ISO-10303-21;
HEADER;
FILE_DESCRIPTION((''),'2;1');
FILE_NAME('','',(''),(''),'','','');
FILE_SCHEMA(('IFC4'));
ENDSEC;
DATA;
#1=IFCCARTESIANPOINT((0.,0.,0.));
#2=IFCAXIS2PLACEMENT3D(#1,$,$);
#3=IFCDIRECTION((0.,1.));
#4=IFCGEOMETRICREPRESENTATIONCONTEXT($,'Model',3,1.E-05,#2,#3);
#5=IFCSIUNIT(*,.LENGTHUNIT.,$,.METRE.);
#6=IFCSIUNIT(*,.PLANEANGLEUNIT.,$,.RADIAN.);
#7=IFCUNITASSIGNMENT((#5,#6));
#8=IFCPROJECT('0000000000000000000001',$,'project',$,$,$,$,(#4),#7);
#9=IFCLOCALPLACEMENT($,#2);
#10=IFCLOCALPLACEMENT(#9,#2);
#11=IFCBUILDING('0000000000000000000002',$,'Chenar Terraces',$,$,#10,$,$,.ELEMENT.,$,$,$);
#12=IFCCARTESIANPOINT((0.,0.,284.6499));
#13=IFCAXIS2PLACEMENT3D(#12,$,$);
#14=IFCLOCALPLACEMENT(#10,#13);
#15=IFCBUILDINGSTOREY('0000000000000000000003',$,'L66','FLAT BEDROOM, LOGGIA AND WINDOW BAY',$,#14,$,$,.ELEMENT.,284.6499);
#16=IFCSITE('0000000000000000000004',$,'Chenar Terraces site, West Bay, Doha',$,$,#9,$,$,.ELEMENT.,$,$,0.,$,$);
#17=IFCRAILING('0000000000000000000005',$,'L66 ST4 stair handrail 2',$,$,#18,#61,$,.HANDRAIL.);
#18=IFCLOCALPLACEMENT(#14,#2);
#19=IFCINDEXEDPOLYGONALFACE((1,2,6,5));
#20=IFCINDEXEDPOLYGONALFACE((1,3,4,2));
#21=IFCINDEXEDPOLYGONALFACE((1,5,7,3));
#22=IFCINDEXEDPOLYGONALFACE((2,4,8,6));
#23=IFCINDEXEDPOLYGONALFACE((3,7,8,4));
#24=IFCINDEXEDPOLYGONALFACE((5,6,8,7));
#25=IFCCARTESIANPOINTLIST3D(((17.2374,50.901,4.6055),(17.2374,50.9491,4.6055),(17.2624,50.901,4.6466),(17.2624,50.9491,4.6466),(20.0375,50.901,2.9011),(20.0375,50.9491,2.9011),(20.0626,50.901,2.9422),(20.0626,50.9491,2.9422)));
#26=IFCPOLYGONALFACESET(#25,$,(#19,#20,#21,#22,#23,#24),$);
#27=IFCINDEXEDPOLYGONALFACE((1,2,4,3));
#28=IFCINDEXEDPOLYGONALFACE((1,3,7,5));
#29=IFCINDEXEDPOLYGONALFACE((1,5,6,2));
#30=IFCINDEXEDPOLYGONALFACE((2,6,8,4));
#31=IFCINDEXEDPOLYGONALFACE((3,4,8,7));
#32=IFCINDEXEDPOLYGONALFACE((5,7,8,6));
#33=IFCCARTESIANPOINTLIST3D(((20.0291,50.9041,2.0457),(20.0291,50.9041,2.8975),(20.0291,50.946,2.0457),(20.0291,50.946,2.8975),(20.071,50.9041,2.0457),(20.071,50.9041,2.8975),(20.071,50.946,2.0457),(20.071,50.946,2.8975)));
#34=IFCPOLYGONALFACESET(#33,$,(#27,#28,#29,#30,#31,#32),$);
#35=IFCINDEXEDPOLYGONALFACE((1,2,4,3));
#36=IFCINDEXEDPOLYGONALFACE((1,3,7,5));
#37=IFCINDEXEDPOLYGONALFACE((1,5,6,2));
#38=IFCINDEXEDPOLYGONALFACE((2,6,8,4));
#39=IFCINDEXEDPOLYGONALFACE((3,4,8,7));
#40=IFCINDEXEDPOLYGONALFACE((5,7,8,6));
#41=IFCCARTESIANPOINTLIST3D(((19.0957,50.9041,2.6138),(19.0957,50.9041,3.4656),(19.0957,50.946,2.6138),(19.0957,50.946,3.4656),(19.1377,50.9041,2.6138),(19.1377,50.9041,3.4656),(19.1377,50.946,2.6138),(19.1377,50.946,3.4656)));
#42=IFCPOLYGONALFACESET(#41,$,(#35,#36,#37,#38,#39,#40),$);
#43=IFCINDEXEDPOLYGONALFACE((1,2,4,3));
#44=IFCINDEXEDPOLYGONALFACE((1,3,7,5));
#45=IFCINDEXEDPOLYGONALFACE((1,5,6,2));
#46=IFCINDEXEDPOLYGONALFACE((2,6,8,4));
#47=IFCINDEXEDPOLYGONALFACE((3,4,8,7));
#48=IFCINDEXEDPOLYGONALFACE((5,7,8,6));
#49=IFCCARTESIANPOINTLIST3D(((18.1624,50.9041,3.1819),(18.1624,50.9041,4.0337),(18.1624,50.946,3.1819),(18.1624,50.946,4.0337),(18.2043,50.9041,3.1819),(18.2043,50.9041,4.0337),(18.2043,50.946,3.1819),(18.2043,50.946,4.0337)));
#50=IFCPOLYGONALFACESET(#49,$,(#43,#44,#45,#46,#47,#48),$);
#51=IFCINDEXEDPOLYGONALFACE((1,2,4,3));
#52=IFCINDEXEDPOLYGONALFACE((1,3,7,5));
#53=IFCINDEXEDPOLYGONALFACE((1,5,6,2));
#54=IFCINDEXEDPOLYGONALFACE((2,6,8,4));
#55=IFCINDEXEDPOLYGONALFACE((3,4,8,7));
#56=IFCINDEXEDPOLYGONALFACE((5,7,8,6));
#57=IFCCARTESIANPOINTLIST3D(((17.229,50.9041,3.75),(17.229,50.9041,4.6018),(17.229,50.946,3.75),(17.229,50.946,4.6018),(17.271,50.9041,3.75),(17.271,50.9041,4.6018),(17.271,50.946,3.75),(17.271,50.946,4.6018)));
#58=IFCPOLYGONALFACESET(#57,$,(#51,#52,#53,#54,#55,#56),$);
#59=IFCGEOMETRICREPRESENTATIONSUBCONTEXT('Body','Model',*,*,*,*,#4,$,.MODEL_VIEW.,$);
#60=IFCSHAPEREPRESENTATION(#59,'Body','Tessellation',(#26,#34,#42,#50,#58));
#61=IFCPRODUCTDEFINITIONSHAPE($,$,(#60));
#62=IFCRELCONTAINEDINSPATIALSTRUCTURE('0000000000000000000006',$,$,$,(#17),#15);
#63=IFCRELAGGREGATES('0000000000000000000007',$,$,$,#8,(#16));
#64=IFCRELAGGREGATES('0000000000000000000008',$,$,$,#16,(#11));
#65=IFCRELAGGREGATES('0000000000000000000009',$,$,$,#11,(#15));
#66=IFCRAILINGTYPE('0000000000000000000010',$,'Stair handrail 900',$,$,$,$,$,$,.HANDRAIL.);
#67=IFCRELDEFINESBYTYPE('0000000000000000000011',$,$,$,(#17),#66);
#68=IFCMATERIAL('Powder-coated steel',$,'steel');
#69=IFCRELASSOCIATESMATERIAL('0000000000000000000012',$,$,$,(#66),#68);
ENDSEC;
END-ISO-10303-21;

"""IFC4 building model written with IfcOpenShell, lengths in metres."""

from ifc_helpers import new_model, si_unit, direction, frame, origin, origin_2d, place, context, subcontext, project, spatial, rectangle, extrude, material, type_object, element, save


model = new_model("IFC4")

# Units and contexts
model_context = context("Model", 3, precision=1e-05, world=origin(), true_north=direction((0.0, 1.0)))
body_context = subcontext(model_context, "Body", "Model", "MODEL_VIEW")
ifc_project = project(units=[si_unit("LENGTHUNIT", "METRE"), si_unit("PLANEANGLEUNIT", "RADIAN")], contexts=[model_context])

# Site, building, storey
site_placement = place(None, origin())
site = spatial("IfcSite", under=ifc_project, at=site_placement, Name="Chenar Terraces site, West Bay, Doha", CompositionType="ELEMENT", RefElevation=0.0)
building_placement = place(site_placement, origin())
building = spatial("IfcBuilding", under=site, at=building_placement, Name="Chenar Terraces", CompositionType="ELEMENT")
storey_placement = place(building_placement, frame((0.0, 0.0, 284.6499)))
storey = spatial("IfcBuildingStorey", under=building, at=storey_placement, Name="L66", Description="FLAT BEDROOM, LOGGIA AND WINDOW BAY", CompositionType="ELEMENT", Elevation=284.6499)

# Railing
ifc_material_1 = material(Name="Powder-coated steel", Category="steel")
railing_type_1 = type_object("IfcRailingType", Name="Stair handrail 900", PredefinedType="HANDRAIL", material=ifc_material_1)
railing_1_placement = place(storey_placement, frame((20.05, 50.925, 2.0457)))
element("IfcRailing", 1, at=railing_1_placement, inside=storey, type_object=railing_type_1, Name="L66 ST4 stair handrail 2", PredefinedType="HANDRAIL", context=body_context, shape_type="SweptSolid", body=[
    extrude(rectangle(XDim=0.0481, YDim=0.0481, at=origin_2d()), frame((0.0, 0.0, 0.876), z_axis=(-0.854203, 0.0, 0.51994), x_axis=(0.0, -1.0, 0.0)), (0.0, 0.0, 1.0), 3.2781),
    extrude(rectangle(XDim=0.042, YDim=0.042, at=origin_2d()), origin(), (0.0, 0.0, 1.0), 0.8518),
    extrude(rectangle(XDim=0.042, YDim=0.042, at=origin_2d()), frame((-0.9333, 0.0, 0.5681)), (0.0, 0.0, 1.0), 0.8518),
    extrude(rectangle(XDim=0.042, YDim=0.042, at=origin_2d()), frame((-1.8667, 0.0, 1.1362)), (0.0, 0.0, 1.0), 0.8518),
    extrude(rectangle(XDim=0.042, YDim=0.042, at=origin_2d()), frame((-2.8, 0.0, 1.7043)), (0.0, 0.0, 1.0), 0.8518),
])

save(model, "model.ifc")
